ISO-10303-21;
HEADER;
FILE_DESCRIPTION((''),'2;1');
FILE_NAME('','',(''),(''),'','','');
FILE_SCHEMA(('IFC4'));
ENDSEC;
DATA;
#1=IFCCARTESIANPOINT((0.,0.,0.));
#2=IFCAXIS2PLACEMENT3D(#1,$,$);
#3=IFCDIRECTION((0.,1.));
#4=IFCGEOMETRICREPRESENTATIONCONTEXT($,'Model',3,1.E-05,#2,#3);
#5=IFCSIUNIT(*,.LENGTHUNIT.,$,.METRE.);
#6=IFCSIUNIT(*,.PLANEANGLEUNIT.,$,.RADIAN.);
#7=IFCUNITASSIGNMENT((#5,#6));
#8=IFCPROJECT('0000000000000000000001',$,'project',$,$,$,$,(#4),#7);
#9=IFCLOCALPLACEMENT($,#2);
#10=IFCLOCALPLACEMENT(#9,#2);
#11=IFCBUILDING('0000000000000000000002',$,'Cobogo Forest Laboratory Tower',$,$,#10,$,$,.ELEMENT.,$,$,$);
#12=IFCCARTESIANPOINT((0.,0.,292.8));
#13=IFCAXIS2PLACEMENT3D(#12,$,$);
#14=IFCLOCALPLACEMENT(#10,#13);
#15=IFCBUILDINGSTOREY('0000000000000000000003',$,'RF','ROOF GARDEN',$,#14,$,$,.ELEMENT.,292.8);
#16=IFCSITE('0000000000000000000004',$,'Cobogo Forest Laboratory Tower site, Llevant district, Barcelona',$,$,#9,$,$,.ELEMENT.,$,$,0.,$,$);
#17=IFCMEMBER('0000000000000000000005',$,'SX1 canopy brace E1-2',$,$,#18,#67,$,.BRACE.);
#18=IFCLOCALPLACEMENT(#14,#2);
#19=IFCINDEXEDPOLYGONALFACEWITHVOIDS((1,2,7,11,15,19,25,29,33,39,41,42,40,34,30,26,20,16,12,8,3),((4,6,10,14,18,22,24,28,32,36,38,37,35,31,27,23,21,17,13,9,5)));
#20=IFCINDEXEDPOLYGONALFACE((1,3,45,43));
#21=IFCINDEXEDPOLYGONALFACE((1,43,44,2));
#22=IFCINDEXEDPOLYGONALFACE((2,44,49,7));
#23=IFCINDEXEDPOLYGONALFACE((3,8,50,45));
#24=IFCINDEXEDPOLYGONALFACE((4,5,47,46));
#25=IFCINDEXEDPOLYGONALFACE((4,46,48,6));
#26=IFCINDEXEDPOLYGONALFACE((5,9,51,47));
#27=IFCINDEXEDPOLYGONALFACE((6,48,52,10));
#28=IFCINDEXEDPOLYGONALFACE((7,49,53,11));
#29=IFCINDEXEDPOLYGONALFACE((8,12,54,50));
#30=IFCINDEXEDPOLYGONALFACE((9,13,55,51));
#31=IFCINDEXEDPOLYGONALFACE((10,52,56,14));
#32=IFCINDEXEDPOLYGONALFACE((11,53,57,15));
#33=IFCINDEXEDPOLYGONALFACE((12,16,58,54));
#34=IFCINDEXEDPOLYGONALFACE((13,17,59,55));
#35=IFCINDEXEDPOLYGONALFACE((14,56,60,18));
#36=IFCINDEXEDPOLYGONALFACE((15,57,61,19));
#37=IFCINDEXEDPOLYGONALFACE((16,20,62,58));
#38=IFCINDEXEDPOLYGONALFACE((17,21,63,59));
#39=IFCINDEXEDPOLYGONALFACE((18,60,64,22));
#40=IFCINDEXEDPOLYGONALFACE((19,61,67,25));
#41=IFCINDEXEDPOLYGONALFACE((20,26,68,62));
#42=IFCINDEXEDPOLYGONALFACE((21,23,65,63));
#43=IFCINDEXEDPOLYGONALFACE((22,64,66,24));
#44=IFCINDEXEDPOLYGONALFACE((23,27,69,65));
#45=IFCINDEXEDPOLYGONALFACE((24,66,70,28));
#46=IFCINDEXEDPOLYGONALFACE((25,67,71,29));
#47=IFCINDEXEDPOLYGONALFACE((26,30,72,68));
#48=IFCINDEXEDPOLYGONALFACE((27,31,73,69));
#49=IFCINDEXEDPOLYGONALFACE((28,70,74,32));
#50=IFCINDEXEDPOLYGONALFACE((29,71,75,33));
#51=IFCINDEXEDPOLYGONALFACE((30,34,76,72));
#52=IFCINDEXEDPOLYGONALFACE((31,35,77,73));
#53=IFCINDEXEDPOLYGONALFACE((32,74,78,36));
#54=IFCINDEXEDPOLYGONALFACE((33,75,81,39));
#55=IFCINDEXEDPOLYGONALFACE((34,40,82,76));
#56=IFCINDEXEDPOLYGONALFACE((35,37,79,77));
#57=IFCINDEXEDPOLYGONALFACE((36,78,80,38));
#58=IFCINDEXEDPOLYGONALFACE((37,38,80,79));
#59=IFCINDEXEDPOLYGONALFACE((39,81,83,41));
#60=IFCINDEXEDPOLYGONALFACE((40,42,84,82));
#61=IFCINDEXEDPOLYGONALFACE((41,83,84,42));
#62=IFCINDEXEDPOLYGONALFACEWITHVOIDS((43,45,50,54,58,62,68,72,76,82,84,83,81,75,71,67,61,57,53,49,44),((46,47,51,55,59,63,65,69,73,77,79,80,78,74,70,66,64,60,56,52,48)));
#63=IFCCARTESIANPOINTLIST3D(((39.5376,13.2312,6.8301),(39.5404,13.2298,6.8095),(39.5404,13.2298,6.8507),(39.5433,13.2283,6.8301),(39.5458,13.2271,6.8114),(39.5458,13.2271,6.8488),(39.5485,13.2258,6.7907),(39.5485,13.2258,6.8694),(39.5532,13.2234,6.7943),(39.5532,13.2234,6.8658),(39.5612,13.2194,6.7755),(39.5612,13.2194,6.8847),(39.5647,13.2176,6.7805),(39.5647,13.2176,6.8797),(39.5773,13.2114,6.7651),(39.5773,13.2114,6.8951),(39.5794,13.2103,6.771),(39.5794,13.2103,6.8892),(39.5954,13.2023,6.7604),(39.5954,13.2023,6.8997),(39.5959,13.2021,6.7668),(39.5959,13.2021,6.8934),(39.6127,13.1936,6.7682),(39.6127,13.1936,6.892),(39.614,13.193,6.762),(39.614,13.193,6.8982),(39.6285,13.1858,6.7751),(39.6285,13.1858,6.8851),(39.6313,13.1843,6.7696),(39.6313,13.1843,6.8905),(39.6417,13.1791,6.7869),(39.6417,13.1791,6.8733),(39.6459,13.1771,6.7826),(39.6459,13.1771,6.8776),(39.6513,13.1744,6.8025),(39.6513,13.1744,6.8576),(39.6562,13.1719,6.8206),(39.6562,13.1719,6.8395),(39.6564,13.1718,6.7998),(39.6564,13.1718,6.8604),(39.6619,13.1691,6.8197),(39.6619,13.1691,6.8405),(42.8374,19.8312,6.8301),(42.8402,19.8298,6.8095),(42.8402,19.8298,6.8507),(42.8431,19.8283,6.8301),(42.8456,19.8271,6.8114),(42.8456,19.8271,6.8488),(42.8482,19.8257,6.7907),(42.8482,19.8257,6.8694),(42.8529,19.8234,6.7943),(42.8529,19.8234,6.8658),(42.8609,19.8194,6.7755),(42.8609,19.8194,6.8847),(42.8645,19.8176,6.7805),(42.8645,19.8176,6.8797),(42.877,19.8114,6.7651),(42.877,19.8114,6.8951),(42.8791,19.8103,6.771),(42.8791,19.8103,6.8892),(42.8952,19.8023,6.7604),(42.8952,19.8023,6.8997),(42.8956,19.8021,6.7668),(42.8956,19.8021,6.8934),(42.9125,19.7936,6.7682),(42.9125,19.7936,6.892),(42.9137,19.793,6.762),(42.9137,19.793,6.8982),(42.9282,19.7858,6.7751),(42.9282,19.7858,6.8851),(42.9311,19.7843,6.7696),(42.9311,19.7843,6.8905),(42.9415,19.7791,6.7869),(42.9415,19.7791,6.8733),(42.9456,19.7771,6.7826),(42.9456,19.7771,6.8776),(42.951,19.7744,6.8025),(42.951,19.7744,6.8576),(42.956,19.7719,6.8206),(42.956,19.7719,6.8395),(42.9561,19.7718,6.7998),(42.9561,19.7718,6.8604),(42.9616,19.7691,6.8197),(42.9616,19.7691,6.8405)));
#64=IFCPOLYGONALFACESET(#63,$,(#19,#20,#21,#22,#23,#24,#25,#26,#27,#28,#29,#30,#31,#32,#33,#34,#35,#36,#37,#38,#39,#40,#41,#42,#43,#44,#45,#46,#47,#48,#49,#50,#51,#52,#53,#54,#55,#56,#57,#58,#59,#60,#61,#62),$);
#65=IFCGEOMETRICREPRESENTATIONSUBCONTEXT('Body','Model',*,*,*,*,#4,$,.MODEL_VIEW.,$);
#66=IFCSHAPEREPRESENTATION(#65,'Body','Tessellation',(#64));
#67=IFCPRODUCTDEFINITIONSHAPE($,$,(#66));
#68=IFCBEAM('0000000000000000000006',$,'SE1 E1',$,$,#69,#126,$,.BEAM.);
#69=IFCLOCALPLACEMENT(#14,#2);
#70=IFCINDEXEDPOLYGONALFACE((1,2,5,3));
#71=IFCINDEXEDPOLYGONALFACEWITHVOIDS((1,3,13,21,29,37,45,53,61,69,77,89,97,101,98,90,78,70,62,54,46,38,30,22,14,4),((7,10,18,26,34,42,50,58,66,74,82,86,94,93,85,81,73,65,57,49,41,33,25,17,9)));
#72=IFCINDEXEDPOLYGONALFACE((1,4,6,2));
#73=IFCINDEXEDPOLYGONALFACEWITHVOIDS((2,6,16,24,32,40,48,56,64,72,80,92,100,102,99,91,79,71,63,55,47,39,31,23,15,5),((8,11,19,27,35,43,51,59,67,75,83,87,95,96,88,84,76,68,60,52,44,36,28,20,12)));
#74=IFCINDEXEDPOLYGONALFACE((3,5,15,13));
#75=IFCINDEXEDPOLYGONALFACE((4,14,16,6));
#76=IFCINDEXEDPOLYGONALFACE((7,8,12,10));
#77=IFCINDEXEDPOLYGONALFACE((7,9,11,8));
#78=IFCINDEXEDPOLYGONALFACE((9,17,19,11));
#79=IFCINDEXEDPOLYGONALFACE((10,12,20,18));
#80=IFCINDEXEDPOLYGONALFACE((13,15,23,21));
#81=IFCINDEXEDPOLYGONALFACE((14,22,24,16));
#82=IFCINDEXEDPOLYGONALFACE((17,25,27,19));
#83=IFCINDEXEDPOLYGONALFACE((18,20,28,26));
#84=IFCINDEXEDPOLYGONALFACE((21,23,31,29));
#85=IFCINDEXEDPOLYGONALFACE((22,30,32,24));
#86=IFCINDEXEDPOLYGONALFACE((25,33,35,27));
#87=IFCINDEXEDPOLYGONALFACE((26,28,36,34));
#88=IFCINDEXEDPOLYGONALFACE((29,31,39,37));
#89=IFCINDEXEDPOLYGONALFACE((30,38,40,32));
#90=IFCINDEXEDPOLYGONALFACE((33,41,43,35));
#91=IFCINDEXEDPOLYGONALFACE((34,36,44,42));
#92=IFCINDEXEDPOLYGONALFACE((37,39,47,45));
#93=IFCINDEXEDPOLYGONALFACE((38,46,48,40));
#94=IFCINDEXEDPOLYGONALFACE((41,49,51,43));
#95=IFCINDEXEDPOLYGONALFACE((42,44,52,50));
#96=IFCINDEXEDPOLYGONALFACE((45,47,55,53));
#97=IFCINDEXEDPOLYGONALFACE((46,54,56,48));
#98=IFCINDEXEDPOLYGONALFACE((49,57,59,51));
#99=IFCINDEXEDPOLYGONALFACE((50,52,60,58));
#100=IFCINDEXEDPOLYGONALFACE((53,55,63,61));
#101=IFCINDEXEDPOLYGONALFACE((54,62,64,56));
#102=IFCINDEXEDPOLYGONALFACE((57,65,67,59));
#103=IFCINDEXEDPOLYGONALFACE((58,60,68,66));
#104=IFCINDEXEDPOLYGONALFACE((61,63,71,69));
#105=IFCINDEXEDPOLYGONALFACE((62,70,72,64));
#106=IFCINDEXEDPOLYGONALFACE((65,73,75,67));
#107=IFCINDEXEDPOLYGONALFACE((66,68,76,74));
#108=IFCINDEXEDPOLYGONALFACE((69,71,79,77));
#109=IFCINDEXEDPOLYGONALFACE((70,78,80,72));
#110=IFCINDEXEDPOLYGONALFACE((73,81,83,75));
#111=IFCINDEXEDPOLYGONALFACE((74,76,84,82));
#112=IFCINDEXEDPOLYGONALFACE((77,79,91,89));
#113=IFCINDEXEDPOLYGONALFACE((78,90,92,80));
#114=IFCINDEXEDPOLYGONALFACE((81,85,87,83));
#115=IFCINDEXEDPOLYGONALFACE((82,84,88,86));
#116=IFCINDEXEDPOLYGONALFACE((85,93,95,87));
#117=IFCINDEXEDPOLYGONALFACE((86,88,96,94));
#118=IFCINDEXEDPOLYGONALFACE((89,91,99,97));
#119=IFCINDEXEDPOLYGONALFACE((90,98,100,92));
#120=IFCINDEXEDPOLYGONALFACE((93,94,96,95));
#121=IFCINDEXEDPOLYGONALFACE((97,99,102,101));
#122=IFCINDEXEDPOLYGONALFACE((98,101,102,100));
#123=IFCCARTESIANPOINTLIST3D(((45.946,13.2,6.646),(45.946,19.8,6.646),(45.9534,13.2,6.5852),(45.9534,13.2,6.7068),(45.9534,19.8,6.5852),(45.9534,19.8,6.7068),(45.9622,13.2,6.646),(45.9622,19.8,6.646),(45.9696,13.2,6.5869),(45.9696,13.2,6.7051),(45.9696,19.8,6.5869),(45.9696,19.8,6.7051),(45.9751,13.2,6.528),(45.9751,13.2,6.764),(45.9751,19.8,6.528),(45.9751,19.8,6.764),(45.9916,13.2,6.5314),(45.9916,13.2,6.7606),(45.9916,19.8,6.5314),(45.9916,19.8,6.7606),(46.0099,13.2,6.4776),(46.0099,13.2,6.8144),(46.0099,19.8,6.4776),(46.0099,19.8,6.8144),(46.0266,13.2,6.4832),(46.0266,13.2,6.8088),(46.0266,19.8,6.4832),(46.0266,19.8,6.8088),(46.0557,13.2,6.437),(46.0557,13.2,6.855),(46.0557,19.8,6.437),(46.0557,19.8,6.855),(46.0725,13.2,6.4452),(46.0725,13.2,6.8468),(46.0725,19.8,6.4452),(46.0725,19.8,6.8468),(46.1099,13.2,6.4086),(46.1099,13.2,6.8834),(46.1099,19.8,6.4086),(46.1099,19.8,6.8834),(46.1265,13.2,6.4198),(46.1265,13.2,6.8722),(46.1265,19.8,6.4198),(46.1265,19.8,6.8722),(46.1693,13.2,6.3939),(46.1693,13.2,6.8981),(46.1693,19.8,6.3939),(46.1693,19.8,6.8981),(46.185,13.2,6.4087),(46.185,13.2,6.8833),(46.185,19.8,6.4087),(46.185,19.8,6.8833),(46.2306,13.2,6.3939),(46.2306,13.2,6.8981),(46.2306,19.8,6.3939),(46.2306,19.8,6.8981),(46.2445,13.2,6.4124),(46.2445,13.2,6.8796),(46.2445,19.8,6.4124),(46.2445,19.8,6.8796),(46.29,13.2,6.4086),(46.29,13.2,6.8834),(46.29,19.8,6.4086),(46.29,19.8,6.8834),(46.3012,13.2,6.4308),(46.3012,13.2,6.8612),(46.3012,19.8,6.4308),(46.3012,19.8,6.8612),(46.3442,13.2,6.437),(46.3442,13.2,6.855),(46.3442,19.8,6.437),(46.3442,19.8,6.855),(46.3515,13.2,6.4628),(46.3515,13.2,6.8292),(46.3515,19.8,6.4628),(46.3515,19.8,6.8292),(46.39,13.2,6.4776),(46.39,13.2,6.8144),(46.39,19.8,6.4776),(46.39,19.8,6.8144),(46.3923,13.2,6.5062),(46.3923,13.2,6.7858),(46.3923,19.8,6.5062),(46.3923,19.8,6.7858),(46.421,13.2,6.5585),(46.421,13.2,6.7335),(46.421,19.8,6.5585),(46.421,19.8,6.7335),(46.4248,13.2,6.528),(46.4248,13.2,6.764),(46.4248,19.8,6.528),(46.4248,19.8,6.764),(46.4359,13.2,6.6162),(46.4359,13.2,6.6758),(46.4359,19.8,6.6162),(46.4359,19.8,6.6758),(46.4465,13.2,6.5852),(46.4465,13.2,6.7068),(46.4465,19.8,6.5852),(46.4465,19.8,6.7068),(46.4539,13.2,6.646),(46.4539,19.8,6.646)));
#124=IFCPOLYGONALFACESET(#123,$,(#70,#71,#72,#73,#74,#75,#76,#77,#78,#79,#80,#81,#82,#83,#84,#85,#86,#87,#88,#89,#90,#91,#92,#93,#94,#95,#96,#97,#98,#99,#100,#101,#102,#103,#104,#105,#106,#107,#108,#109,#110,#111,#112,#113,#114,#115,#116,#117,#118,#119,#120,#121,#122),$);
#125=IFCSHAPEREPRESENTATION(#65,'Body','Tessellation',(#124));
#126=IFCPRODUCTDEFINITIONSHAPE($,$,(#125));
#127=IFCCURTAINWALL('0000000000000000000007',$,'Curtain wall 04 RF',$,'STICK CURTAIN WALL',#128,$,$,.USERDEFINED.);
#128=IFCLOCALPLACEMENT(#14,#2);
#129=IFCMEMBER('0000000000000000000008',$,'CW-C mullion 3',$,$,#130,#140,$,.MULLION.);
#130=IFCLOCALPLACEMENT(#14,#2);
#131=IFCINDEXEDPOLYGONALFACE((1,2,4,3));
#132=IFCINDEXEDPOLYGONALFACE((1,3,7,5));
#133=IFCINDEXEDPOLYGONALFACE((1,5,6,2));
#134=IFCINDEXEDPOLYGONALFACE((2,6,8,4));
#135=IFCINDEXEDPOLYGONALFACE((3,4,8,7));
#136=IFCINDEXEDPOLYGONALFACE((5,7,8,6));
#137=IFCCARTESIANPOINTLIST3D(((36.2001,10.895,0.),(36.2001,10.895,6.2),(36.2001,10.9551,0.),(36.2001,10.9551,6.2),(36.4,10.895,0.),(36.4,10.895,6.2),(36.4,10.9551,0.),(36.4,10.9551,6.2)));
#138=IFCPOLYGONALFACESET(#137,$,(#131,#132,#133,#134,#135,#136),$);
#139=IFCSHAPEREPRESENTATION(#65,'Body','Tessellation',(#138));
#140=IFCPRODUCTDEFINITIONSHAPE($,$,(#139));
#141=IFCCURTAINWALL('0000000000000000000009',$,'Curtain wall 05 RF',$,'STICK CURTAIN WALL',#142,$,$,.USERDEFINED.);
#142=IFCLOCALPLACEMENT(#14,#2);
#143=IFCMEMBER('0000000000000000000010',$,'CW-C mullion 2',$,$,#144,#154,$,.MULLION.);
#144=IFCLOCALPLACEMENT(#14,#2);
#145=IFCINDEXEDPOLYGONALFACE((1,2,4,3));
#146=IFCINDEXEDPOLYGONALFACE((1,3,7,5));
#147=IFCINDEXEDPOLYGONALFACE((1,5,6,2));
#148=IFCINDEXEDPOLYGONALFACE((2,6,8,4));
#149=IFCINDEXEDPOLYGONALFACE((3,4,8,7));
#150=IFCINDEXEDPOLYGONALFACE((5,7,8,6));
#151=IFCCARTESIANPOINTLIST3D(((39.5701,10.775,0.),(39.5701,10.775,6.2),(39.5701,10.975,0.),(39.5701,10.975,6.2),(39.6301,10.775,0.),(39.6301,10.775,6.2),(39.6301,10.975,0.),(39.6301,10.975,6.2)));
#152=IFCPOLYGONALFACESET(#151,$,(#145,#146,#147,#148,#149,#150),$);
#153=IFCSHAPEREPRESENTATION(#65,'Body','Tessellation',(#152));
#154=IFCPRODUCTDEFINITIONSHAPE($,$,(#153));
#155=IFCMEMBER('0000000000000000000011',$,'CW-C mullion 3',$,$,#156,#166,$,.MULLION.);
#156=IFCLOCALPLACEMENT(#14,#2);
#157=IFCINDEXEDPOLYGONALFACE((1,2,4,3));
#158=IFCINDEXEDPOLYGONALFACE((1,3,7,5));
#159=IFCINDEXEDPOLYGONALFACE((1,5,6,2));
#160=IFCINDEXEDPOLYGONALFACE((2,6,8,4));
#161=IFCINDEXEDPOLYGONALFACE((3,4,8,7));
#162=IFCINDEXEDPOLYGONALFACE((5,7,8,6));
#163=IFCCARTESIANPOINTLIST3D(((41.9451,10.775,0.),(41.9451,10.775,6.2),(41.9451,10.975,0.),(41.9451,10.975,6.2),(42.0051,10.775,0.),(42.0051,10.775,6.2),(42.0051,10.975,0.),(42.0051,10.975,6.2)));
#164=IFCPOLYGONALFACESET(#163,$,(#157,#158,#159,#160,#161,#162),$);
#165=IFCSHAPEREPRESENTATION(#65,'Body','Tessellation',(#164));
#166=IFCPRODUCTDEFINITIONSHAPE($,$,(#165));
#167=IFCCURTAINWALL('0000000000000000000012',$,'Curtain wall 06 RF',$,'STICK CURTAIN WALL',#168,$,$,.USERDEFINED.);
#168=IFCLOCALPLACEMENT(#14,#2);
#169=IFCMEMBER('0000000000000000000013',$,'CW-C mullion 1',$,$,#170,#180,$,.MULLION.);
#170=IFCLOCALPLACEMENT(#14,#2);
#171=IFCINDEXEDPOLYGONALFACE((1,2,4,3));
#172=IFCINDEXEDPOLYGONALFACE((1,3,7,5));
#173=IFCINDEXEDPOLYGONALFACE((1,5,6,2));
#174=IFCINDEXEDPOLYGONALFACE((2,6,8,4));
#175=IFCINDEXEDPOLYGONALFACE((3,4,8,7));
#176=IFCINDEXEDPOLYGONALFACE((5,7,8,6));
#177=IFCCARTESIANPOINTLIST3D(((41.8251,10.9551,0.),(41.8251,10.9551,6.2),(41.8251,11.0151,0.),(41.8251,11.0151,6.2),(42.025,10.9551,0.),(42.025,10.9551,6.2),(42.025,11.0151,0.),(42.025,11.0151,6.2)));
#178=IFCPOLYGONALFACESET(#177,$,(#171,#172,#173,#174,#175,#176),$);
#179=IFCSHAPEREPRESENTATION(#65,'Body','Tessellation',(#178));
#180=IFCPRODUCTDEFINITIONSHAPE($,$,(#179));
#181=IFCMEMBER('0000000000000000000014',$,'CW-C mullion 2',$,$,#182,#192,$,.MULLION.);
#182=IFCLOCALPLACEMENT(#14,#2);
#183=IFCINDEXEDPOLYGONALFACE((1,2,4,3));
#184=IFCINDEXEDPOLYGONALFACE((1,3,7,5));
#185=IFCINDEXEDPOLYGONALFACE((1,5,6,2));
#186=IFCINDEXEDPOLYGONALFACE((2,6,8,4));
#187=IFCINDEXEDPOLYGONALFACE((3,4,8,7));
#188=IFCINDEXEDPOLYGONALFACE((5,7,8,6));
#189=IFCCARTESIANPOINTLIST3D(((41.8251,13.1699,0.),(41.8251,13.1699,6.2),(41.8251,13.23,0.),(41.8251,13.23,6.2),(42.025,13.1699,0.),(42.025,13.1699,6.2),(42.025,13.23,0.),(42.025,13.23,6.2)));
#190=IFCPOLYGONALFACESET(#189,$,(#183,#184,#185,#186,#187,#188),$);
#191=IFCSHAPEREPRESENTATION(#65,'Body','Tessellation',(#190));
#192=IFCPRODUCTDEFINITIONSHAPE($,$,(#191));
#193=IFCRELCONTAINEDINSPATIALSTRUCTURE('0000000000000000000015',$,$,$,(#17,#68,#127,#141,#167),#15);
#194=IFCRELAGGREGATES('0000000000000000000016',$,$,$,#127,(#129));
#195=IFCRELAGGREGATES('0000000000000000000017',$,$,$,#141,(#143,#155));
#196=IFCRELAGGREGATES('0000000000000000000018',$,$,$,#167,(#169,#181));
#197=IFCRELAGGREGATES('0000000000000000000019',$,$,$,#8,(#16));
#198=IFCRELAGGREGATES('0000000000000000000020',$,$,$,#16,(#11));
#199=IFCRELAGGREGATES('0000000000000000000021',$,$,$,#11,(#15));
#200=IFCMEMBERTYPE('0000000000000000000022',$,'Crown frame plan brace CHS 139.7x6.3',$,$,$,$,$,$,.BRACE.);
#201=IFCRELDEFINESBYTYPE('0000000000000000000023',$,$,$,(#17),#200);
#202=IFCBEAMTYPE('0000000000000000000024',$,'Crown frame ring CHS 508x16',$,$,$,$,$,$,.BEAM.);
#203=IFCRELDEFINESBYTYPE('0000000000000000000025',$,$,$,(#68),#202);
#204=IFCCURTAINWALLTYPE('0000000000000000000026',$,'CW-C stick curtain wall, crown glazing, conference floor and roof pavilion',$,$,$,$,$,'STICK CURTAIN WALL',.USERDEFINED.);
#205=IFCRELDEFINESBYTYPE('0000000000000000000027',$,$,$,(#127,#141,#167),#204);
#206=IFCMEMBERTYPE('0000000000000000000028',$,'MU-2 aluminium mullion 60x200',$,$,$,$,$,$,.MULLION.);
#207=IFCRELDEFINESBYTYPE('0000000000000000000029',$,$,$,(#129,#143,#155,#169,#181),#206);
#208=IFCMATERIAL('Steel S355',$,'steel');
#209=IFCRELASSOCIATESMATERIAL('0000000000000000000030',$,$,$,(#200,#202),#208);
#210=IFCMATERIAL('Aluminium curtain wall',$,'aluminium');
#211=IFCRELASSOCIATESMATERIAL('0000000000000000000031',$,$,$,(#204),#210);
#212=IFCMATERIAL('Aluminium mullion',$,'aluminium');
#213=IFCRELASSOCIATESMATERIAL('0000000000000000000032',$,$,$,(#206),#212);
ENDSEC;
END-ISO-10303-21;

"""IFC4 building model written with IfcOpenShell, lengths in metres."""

from ifc_helpers import new_model, si_unit, direction, frame, origin, origin_2d, place, context, subcontext, project, spatial, rectangle, hollow_circle, extrude, material, material_profile, profile_set, type_object, element, aggregate, save


model = new_model("IFC4")

# Units and contexts
model_context = context("Model", 3, precision=1e-05, world=origin(), true_north=direction((0.0, 1.0)))
body_context = subcontext(model_context, "Body", "Model", "MODEL_VIEW")
ifc_project = project(units=[si_unit("LENGTHUNIT", "METRE"), si_unit("PLANEANGLEUNIT", "RADIAN")], contexts=[model_context])

# Site, building, storey
site_placement = place(None, origin())
site = spatial("IfcSite", under=ifc_project, at=site_placement, Name="Cobogo Forest Laboratory Tower site, Llevant district, Barcelona", CompositionType="ELEMENT", RefElevation=0.0)
building_placement = place(site_placement, origin())
building = spatial("IfcBuilding", under=site, at=building_placement, Name="Cobogo Forest Laboratory Tower", CompositionType="ELEMENT")
storey_placement = place(building_placement, frame((0.0, 0.0, 292.8)))
storey = spatial("IfcBuildingStorey", under=building, at=storey_placement, Name="RF", Description="ROOF GARDEN", CompositionType="ELEMENT", Elevation=292.8)

# Shared definitions
ifc_material_1 = material(Name="Steel S355", Category="steel")

# Member
ifc_material_profile_1 = material_profile(ifc_material_1, hollow_circle(Radius=0.0698, WallThickness=0.0063, at=origin_2d()), Name="CHS 139.7x6.3")
ifc_profile_set_1 = profile_set([ifc_material_profile_1], Name="Steel S355")
member_type_1 = type_object("IfcMemberType", Name="Crown frame plan brace CHS 139.7x6.3", PredefinedType="BRACE", material=ifc_profile_set_1)
member_1_placement = place(storey_placement, frame((39.6001, 13.2, 6.8301), z_axis=(0.447187, 0.89444, 0.0), x_axis=(-0.89444, 0.447187, 0.0)))
element("IfcMember", 1, at=member_1_placement, inside=storey, type_object=member_type_1, Name="SX1 canopy brace E1-2", PredefinedType="BRACE", context=body_context, shape_type="SweptSolid", body=[
    extrude(hollow_circle(Radius=0.0698, WallThickness=0.0063, at=origin_2d()), origin(), (0.0, 0.0, 1.0), 7.3789),
])

# Beam
ifc_material_profile_2 = material_profile(ifc_material_1, hollow_circle(Radius=0.2539, WallThickness=0.0161, at=origin_2d()), Name="CHS 508x16")
ifc_profile_set_2 = profile_set([ifc_material_profile_2], Name="Steel S355")
beam_type_1 = type_object("IfcBeamType", Name="Crown frame ring CHS 508x16", PredefinedType="BEAM", material=ifc_profile_set_2)
beam_1_placement = place(storey_placement, frame((46.2, 13.2, 6.646), z_axis=(0.0, 1.0, 0.0), x_axis=(-1.0, 0.0, 0.0)))
element("IfcBeam", 2, at=beam_1_placement, inside=storey, type_object=beam_type_1, Name="SE1 E1", PredefinedType="BEAM", context=body_context, shape_type="SweptSolid", body=[
    extrude(hollow_circle(Radius=0.2539, WallThickness=0.0161, at=origin_2d()), origin(), (0.0, 0.0, 1.0), 6.6001),
])

# Curtain wall, member
ifc_material_2 = material(Name="Aluminium curtain wall", Category="aluminium")
curtain_wall_type = type_object("IfcCurtainWallType", Name="CW-C stick curtain wall, crown glazing, conference floor and roof pavilion", ElementType="STICK CURTAIN WALL", PredefinedType="USERDEFINED", material=ifc_material_2)
curtain_wall_1_placement = place(storey_placement, origin())
curtain_wall_1 = element("IfcCurtainWall", 3, at=curtain_wall_1_placement, inside=storey, type_object=curtain_wall_type, Name="Curtain wall 04 RF", ObjectType="STICK CURTAIN WALL", PredefinedType="USERDEFINED")
ifc_material_3 = material(Name="Aluminium mullion", Category="aluminium")
ifc_material_profile_3 = material_profile(ifc_material_3, rectangle(XDim=0.0601, YDim=0.2, at=origin_2d()), Name="AL 60x200")
ifc_profile_set_3 = profile_set([ifc_material_profile_3], Name="Aluminium mullion")
member_type_2 = type_object("IfcMemberType", Name="MU-2 aluminium mullion 60x200", PredefinedType="MULLION", material=ifc_profile_set_3)
member_2_placement = place(storey_placement, frame((36.3, 10.925, 0.0), z_axis=(0.0, 0.0, 1.0), x_axis=(0.0, 1.0, 0.0)))
member_2 = element("IfcMember", 4, at=member_2_placement, type_object=member_type_2, Name="CW-C mullion 3", PredefinedType="MULLION", context=body_context, shape_type="SweptSolid", body=[
    extrude(rectangle(XDim=0.0601, YDim=0.2, at=origin_2d()), origin(), (0.0, 0.0, 1.0), 6.2),
])
aggregate(curtain_wall_1, [member_2])

# Curtain walls, members
curtain_wall_2_placement = place(storey_placement, origin())
curtain_wall_2 = element("IfcCurtainWall", 5, at=curtain_wall_2_placement, inside=storey, type_object=curtain_wall_type, Name="Curtain wall 05 RF", ObjectType="STICK CURTAIN WALL", PredefinedType="USERDEFINED")
member_3_placement = place(storey_placement, frame((39.6001, 10.875, 0.0), z_axis=(0.0, 0.0, 1.0), x_axis=(1.0, 0.0, 0.0)))
member_3 = element("IfcMember", 6, at=member_3_placement, type_object=member_type_2, Name="CW-C mullion 2", PredefinedType="MULLION", context=body_context, shape_type="SweptSolid", body=[
    extrude(rectangle(XDim=0.0601, YDim=0.2, at=origin_2d()), origin(), (0.0, 0.0, 1.0), 6.2),
])
member_4_placement = place(storey_placement, frame((41.9751, 10.875, 0.0), z_axis=(0.0, 0.0, 1.0), x_axis=(1.0, 0.0, 0.0)))
member_4 = element("IfcMember", 7, at=member_4_placement, type_object=member_type_2, Name="CW-C mullion 3", PredefinedType="MULLION", context=body_context, shape_type="SweptSolid", body=[
    extrude(rectangle(XDim=0.0601, YDim=0.2, at=origin_2d()), origin(), (0.0, 0.0, 1.0), 6.2),
])
curtain_wall_3_placement = place(storey_placement, origin())
curtain_wall_3 = element("IfcCurtainWall", 8, at=curtain_wall_3_placement, inside=storey, type_object=curtain_wall_type, Name="Curtain wall 06 RF", ObjectType="STICK CURTAIN WALL", PredefinedType="USERDEFINED")
member_5_placement = place(storey_placement, frame((41.925, 10.9851, 0.0), z_axis=(0.0, 0.0, 1.0), x_axis=(0.0, 1.0, 0.0)))
member_5 = element("IfcMember", 9, at=member_5_placement, type_object=member_type_2, Name="CW-C mullion 1", PredefinedType="MULLION", context=body_context, shape_type="SweptSolid", body=[
    extrude(rectangle(XDim=0.0601, YDim=0.2, at=origin_2d()), origin(), (0.0, 0.0, 1.0), 6.2),
])
member_6_placement = place(storey_placement, frame((41.925, 13.2, 0.0), z_axis=(0.0, 0.0, 1.0), x_axis=(0.0, 1.0, 0.0)))
member_6 = element("IfcMember", 10, at=member_6_placement, type_object=member_type_2, Name="CW-C mullion 2", PredefinedType="MULLION", context=body_context, shape_type="SweptSolid", body=[
    extrude(rectangle(XDim=0.0601, YDim=0.2, at=origin_2d()), origin(), (0.0, 0.0, 1.0), 6.2),
])

aggregate(curtain_wall_2, [member_3, member_4])
aggregate(curtain_wall_3, [member_5, member_6])

save(model, "model.ifc")
